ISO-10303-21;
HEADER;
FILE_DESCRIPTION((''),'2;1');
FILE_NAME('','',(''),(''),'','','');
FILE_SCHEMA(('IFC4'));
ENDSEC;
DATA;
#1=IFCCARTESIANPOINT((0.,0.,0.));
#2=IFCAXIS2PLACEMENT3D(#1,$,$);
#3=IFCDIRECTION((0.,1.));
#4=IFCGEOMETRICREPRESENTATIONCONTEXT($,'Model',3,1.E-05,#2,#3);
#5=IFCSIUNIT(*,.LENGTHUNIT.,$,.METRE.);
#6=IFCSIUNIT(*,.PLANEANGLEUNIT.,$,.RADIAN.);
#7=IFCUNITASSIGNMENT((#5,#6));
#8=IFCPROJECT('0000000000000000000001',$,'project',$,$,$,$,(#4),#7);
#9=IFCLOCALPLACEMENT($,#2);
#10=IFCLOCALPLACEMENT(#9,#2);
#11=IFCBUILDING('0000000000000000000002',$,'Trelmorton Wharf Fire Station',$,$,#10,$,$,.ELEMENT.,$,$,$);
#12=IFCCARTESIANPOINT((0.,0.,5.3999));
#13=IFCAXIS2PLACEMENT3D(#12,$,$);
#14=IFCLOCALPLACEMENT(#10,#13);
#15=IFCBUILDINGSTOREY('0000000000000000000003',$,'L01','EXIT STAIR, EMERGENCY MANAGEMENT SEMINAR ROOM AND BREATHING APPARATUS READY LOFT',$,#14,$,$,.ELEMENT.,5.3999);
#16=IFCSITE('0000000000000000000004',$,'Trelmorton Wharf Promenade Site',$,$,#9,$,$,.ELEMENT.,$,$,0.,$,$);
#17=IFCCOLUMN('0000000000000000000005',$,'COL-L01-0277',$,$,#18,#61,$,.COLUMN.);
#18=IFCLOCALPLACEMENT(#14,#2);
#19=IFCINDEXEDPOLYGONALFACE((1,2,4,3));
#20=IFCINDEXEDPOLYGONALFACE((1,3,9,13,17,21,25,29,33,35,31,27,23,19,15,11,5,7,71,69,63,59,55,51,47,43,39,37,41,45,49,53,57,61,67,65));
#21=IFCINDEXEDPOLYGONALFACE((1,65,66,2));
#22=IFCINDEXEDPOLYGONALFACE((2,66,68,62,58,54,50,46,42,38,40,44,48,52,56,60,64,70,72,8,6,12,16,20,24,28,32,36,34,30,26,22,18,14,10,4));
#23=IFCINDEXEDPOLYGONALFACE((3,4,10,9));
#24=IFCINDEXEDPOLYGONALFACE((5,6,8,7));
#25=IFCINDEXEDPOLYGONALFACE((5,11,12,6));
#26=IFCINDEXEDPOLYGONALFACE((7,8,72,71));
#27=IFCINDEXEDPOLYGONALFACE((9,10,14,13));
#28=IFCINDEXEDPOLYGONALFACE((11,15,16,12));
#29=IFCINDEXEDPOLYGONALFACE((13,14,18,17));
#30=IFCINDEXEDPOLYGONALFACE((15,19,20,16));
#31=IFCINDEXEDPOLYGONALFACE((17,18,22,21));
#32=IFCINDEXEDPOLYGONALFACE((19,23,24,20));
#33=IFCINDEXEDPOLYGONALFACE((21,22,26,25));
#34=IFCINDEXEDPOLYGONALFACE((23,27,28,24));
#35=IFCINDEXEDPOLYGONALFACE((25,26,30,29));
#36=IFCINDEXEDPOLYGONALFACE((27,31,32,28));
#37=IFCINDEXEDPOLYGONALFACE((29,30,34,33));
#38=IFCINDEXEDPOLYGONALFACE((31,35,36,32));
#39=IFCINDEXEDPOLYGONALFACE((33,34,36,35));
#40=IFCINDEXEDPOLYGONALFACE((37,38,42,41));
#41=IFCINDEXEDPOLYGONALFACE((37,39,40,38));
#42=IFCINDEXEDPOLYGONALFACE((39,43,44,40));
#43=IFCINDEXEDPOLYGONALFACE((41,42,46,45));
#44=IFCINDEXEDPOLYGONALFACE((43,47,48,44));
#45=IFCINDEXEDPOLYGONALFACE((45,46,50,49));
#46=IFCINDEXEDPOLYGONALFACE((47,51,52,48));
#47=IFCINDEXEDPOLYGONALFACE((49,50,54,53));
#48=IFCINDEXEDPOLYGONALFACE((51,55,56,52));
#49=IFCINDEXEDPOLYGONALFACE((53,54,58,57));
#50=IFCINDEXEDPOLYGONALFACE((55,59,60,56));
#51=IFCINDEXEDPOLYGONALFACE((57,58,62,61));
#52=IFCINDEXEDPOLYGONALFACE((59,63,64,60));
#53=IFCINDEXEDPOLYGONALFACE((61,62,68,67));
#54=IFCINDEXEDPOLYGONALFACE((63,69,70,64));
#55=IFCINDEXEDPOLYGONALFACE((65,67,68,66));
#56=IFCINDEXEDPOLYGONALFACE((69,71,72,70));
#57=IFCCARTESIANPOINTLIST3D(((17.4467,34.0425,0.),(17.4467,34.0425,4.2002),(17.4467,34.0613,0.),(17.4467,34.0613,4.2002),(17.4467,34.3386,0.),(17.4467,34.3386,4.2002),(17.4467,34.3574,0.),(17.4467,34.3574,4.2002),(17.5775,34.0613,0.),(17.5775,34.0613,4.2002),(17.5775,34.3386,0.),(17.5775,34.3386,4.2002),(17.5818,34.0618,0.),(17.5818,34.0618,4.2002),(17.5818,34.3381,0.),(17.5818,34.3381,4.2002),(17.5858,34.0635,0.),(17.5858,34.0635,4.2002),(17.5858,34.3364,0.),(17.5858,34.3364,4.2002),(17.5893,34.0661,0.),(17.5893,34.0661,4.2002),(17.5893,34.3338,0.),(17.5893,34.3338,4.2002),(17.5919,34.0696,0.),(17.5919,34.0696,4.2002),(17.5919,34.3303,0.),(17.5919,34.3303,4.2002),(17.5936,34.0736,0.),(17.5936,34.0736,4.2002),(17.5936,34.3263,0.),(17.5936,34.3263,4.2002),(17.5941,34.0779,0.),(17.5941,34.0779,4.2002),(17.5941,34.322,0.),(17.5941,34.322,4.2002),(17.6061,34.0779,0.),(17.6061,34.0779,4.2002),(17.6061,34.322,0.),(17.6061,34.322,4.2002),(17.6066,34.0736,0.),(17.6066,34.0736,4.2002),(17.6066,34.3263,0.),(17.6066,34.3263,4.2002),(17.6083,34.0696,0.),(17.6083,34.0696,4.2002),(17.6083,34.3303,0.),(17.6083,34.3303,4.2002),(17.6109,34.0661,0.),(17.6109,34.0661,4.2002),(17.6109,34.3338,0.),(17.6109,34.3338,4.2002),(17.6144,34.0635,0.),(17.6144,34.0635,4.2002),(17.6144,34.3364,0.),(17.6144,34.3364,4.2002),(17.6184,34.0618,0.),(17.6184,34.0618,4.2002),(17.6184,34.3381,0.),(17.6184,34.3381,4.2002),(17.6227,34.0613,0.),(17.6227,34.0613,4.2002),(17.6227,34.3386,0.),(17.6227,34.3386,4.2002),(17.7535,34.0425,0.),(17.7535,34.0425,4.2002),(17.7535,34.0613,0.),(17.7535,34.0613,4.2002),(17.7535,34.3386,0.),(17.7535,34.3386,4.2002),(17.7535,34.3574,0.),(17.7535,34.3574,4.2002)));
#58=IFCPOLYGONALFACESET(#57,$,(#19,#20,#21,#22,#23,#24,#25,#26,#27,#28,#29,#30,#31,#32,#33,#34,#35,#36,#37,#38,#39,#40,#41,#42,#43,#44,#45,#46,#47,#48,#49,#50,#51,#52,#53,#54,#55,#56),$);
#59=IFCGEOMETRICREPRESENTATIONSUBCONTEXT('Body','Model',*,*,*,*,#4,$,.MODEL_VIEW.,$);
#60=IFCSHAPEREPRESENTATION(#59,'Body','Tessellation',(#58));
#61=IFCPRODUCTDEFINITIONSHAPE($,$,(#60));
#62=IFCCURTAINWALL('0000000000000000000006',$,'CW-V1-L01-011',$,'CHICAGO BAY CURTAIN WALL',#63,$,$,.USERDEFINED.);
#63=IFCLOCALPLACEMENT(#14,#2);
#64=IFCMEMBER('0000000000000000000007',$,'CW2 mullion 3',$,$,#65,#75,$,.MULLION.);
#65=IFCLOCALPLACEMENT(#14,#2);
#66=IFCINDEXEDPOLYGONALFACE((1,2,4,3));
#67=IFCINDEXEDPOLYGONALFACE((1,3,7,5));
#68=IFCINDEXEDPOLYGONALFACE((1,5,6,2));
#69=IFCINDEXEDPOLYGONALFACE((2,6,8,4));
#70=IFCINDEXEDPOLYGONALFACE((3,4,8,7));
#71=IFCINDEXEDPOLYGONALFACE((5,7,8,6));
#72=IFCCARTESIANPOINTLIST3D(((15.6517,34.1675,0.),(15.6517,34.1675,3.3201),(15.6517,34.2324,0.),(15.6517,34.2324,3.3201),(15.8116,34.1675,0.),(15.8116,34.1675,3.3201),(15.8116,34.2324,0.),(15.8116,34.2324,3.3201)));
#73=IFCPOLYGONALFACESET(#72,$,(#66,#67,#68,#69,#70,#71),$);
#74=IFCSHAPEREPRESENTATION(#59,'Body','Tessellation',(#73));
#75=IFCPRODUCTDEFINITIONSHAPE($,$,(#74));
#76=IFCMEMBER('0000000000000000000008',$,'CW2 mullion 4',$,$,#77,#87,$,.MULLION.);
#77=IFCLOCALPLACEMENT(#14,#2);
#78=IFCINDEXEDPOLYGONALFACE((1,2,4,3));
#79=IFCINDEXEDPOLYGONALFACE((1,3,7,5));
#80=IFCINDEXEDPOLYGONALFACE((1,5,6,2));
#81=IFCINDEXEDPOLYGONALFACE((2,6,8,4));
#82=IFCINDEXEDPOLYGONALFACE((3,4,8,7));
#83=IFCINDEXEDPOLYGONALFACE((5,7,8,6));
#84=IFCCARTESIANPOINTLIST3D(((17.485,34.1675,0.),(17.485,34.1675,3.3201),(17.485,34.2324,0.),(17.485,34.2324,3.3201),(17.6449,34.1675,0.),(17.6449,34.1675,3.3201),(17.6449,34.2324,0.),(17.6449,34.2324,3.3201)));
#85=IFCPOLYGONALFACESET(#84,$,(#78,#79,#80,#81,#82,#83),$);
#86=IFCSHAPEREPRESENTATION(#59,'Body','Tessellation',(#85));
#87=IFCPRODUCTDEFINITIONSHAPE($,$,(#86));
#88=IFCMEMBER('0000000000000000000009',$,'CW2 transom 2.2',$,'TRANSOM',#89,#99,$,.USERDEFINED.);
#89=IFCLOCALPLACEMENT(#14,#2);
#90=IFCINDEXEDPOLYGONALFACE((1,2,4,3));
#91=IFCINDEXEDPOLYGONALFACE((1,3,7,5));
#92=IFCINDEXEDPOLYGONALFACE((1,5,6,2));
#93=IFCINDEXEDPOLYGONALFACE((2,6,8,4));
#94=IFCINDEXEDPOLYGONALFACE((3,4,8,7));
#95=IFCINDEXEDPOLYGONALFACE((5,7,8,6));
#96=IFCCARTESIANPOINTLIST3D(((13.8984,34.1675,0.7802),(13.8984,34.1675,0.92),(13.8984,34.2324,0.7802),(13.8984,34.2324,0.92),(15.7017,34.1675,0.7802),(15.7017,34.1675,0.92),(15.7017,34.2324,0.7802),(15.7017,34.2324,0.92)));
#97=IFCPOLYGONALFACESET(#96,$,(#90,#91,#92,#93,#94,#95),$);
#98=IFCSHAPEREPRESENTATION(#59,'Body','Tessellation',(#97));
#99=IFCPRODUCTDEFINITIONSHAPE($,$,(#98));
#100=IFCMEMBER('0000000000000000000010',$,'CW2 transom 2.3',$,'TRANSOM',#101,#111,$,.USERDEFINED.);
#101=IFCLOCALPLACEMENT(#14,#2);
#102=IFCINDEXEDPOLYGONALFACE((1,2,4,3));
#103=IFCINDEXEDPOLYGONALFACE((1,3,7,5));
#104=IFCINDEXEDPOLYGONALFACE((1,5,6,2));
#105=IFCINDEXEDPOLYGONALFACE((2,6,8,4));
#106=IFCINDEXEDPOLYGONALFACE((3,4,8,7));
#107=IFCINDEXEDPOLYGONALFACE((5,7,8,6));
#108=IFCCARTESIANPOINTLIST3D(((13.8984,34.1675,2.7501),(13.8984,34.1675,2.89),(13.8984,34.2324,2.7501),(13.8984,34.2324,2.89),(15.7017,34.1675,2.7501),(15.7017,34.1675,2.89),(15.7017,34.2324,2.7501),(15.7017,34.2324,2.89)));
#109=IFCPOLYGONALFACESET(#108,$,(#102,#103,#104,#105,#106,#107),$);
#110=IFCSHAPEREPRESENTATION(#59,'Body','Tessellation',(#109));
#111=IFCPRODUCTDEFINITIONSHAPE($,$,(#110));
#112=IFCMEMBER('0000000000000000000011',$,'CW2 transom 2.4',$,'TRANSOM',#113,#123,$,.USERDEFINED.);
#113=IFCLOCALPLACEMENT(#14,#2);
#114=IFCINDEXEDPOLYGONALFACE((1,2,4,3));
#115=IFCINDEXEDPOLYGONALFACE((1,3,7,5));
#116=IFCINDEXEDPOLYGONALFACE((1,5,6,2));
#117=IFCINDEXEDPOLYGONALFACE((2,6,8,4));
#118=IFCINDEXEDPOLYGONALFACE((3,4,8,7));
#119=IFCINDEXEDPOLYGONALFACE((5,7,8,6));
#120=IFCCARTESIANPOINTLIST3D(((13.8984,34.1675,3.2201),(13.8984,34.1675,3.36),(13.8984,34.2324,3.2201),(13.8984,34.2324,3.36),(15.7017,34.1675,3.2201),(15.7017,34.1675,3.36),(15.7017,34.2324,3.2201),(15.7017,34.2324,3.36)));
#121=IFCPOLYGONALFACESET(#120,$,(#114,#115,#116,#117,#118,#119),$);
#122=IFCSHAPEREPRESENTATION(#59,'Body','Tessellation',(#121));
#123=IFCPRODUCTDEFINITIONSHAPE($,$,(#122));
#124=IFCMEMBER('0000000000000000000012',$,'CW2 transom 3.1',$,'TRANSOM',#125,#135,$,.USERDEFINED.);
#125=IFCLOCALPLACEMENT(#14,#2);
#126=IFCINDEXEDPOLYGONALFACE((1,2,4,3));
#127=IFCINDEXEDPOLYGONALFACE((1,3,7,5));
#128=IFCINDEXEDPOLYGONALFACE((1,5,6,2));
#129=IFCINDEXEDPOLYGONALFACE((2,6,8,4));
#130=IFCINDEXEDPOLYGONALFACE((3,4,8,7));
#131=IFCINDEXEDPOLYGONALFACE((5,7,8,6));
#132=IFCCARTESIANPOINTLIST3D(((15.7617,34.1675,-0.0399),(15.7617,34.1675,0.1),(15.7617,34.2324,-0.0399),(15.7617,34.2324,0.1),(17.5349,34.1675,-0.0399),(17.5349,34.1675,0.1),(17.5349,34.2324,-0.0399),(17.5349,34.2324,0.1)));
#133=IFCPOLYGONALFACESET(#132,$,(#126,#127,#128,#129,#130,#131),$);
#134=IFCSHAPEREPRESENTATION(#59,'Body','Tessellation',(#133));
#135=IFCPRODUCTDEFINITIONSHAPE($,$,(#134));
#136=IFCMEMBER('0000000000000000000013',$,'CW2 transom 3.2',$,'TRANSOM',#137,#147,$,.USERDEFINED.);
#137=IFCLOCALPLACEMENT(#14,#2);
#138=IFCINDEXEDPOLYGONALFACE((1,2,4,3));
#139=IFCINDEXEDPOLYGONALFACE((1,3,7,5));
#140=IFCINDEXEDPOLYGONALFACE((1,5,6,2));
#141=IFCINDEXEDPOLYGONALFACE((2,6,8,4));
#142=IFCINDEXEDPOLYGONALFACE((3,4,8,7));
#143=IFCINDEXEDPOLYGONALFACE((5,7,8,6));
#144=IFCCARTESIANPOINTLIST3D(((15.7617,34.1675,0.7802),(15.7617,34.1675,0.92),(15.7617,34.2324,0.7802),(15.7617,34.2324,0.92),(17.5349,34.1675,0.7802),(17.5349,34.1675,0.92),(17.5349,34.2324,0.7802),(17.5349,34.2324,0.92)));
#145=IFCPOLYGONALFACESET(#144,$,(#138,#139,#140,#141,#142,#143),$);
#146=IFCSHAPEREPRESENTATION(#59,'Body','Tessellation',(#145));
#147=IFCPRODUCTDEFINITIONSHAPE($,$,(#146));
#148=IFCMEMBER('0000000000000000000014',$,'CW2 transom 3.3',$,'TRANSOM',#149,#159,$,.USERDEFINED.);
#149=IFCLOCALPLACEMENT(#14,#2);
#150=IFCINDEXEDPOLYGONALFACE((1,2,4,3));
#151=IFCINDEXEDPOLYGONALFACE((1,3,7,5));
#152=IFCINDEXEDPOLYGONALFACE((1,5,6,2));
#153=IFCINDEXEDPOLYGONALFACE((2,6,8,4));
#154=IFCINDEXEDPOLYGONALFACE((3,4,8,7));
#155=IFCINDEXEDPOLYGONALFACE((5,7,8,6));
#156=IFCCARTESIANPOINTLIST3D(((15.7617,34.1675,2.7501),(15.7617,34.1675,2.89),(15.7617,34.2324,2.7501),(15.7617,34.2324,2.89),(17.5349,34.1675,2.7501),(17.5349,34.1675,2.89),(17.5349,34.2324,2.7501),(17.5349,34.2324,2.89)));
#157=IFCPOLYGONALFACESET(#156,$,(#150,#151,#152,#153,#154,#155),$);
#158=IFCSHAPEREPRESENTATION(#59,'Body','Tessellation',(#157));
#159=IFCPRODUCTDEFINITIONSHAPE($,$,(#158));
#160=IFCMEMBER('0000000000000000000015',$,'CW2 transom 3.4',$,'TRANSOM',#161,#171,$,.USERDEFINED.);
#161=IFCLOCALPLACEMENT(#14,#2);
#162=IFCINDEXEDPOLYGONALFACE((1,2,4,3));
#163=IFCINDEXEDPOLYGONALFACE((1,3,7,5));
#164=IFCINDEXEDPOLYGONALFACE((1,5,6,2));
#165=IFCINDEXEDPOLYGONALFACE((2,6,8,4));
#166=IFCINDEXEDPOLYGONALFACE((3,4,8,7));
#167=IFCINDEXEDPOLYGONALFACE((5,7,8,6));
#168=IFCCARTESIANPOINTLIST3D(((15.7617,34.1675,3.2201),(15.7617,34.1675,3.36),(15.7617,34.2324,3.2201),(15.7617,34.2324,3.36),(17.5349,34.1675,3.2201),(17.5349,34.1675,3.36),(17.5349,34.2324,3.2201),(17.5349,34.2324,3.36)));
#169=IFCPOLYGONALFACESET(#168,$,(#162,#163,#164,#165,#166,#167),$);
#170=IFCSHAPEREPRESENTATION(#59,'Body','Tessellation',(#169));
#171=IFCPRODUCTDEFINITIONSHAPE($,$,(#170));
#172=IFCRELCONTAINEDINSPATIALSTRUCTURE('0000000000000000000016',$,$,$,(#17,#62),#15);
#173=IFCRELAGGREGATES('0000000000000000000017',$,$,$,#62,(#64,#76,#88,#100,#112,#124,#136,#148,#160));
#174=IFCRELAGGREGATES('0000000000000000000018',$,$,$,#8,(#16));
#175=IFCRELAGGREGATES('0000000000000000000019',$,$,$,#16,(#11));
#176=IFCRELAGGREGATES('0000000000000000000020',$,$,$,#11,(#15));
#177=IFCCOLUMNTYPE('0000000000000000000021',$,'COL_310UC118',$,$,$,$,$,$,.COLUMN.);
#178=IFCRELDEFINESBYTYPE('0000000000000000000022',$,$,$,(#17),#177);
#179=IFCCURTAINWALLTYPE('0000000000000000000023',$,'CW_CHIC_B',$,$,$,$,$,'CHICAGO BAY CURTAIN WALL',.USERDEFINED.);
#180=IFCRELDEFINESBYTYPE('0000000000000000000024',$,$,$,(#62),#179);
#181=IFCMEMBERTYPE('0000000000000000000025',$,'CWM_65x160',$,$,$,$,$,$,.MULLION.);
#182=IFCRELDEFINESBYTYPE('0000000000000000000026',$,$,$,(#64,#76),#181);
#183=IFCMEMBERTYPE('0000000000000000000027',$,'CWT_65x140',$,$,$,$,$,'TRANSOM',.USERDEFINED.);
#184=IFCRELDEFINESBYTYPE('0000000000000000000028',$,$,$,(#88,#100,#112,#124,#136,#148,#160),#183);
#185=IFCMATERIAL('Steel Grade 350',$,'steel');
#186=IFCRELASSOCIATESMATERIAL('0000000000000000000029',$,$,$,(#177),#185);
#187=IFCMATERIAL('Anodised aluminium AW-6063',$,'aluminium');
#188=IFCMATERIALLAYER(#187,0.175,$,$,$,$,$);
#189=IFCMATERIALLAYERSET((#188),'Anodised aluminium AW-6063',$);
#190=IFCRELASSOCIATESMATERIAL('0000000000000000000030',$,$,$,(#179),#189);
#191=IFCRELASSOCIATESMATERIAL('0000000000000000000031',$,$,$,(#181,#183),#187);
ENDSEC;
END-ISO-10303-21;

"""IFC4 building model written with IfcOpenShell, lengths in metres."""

from ifc_helpers import new_model, si_unit, direction, frame, origin, origin_2d, place, context, subcontext, project, spatial, rectangle, i_section, extrude, material, layer, layer_set, material_profile, profile_set, type_object, element, aggregate, save


model = new_model("IFC4")

# Units and contexts
model_context = context("Model", 3, precision=1e-05, world=origin(), true_north=direction((0.0, 1.0)))
body_context = subcontext(model_context, "Body", "Model", "MODEL_VIEW")
ifc_project = project(units=[si_unit("LENGTHUNIT", "METRE"), si_unit("PLANEANGLEUNIT", "RADIAN")], contexts=[model_context])

# Site, building, storey
site_placement = place(None, origin())
site = spatial("IfcSite", under=ifc_project, at=site_placement, Name="Trelmorton Wharf Promenade Site", CompositionType="ELEMENT", RefElevation=0.0)
building_placement = place(site_placement, origin())
building = spatial("IfcBuilding", under=site, at=building_placement, Name="Trelmorton Wharf Fire Station", CompositionType="ELEMENT")
storey_placement = place(building_placement, frame((0.0, 0.0, 5.3999)))
storey = spatial("IfcBuildingStorey", under=building, at=storey_placement, Name="L01", Description="EXIT STAIR, EMERGENCY MANAGEMENT SEMINAR ROOM AND BREATHING APPARATUS READY LOFT", CompositionType="ELEMENT", Elevation=5.3999)

# Column
ifc_material_1 = material(Name="Steel Grade 350", Category="steel")
ifc_material_profile_1 = material_profile(ifc_material_1, i_section(OverallWidth=0.3069, OverallDepth=0.3149, WebThickness=0.012, FlangeThickness=0.0188, FilletRadius=0.0166, at=origin_2d()), Name="310UC118")
ifc_profile_set_1 = profile_set([ifc_material_profile_1], Name="Steel Grade 350")
column_type = type_object("IfcColumnType", Name="COL_310UC118", PredefinedType="COLUMN", material=ifc_profile_set_1)
column_placement = place(storey_placement, frame((17.6001, 34.2, 0.0), z_axis=(0.0, 0.0, 1.0), x_axis=(1.0, 0.0, 0.0)))
element("IfcColumn", 1, at=column_placement, inside=storey, type_object=column_type, Name="COL-L01-0277", PredefinedType="COLUMN", context=body_context, shape_type="SweptSolid", body=[
    extrude(i_section(OverallWidth=0.3069, OverallDepth=0.3149, WebThickness=0.012, FlangeThickness=0.0188, FilletRadius=0.0166, at=origin_2d()), origin(), (0.0, 0.0, 1.0), 4.2002),
])

# Curtain wall, members
ifc_material_2 = material(Name="Anodised aluminium AW-6063", Category="aluminium")
ifc_layer_1 = layer(ifc_material_2, 0.175)
ifc_layer_set_1 = layer_set([ifc_layer_1], Name="Anodised aluminium AW-6063")
curtain_wall_type = type_object("IfcCurtainWallType", Name="CW_CHIC_B", ElementType="CHICAGO BAY CURTAIN WALL", PredefinedType="USERDEFINED", material=ifc_layer_set_1)
curtain_wall_placement = place(storey_placement, origin())
curtain_wall = element("IfcCurtainWall", 2, at=curtain_wall_placement, inside=storey, type_object=curtain_wall_type, Name="CW-V1-L01-011", ObjectType="CHICAGO BAY CURTAIN WALL", PredefinedType="USERDEFINED")
ifc_material_profile_2 = material_profile(ifc_material_2, rectangle(XDim=0.0649, YDim=0.1599, at=origin_2d()), Name="ALU-65x160")
ifc_profile_set_2 = profile_set([ifc_material_profile_2], Name="Anodised aluminium AW-6063")
member_type_1 = type_object("IfcMemberType", Name="CWM_65x160", PredefinedType="MULLION", material=ifc_profile_set_2)
member_1_placement = place(storey_placement, frame((15.7317, 34.2, 0.0), z_axis=(0.0, 0.0, 1.0), x_axis=(0.0, 1.0, 0.0)))
member_1 = element("IfcMember", 3, at=member_1_placement, type_object=member_type_1, Name="CW2 mullion 3", PredefinedType="MULLION", context=body_context, shape_type="SweptSolid", body=[
    extrude(rectangle(XDim=0.0649, YDim=0.1599, at=origin_2d()), origin(), (0.0, 0.0, 1.0), 3.3201),
])
member_2_placement = place(storey_placement, frame((17.5649, 34.2, 0.0), z_axis=(0.0, 0.0, 1.0), x_axis=(0.0, 1.0, 0.0)))
member_2 = element("IfcMember", 4, at=member_2_placement, type_object=member_type_1, Name="CW2 mullion 4", PredefinedType="MULLION", context=body_context, shape_type="SweptSolid", body=[
    extrude(rectangle(XDim=0.0649, YDim=0.1599, at=origin_2d()), origin(), (0.0, 0.0, 1.0), 3.3201),
])
ifc_material_profile_3 = material_profile(ifc_material_2, rectangle(XDim=0.0649, YDim=0.1399, at=origin_2d()), Name="ALU-65x140")
ifc_profile_set_3 = profile_set([ifc_material_profile_3], Name="Anodised aluminium AW-6063")
member_type_2 = type_object("IfcMemberType", Name="CWT_65x140", ElementType="TRANSOM", PredefinedType="USERDEFINED", material=ifc_profile_set_3)
member_3_placement = place(storey_placement, frame((13.8984, 34.2, 0.8501), z_axis=(1.0, 0.0, 0.0), x_axis=(0.0, 1.0, 0.0)))
member_3 = element("IfcMember", 5, at=member_3_placement, type_object=member_type_2, Name="CW2 transom 2.2", ObjectType="TRANSOM", PredefinedType="USERDEFINED", context=body_context, shape_type="SweptSolid", body=[
    extrude(rectangle(XDim=0.0649, YDim=0.1399, at=origin_2d()), origin(), (0.0, 0.0, 1.0), 1.8032),
])
member_4_placement = place(storey_placement, frame((13.8984, 34.2, 2.8201), z_axis=(1.0, 0.0, 0.0), x_axis=(0.0, 1.0, 0.0)))
member_4 = element("IfcMember", 6, at=member_4_placement, type_object=member_type_2, Name="CW2 transom 2.3", ObjectType="TRANSOM", PredefinedType="USERDEFINED", context=body_context, shape_type="SweptSolid", body=[
    extrude(rectangle(XDim=0.0649, YDim=0.1399, at=origin_2d()), origin(), (0.0, 0.0, 1.0), 1.8032),
])
member_5_placement = place(storey_placement, frame((13.8984, 34.2, 3.29), z_axis=(1.0, 0.0, 0.0), x_axis=(0.0, 1.0, 0.0)))
member_5 = element("IfcMember", 7, at=member_5_placement, type_object=member_type_2, Name="CW2 transom 2.4", ObjectType="TRANSOM", PredefinedType="USERDEFINED", context=body_context, shape_type="SweptSolid", body=[
    extrude(rectangle(XDim=0.0649, YDim=0.1399, at=origin_2d()), origin(), (0.0, 0.0, 1.0), 1.8032),
])
member_6_placement = place(storey_placement, frame((15.7617, 34.2, 0.03), z_axis=(1.0, 0.0, 0.0), x_axis=(0.0, 1.0, 0.0)))
member_6 = element("IfcMember", 8, at=member_6_placement, type_object=member_type_2, Name="CW2 transom 3.1", ObjectType="TRANSOM", PredefinedType="USERDEFINED", context=body_context, shape_type="SweptSolid", body=[
    extrude(rectangle(XDim=0.0649, YDim=0.1399, at=origin_2d()), origin(), (0.0, 0.0, 1.0), 1.7732),
])
member_7_placement = place(storey_placement, frame((15.7617, 34.2, 0.8501), z_axis=(1.0, 0.0, 0.0), x_axis=(0.0, 1.0, 0.0)))
member_7 = element("IfcMember", 9, at=member_7_placement, type_object=member_type_2, Name="CW2 transom 3.2", ObjectType="TRANSOM", PredefinedType="USERDEFINED", context=body_context, shape_type="SweptSolid", body=[
    extrude(rectangle(XDim=0.0649, YDim=0.1399, at=origin_2d()), origin(), (0.0, 0.0, 1.0), 1.7732),
])
member_8_placement = place(storey_placement, frame((15.7617, 34.2, 2.8201), z_axis=(1.0, 0.0, 0.0), x_axis=(0.0, 1.0, 0.0)))
member_8 = element("IfcMember", 10, at=member_8_placement, type_object=member_type_2, Name="CW2 transom 3.3", ObjectType="TRANSOM", PredefinedType="USERDEFINED", context=body_context, shape_type="SweptSolid", body=[
    extrude(rectangle(XDim=0.0649, YDim=0.1399, at=origin_2d()), origin(), (0.0, 0.0, 1.0), 1.7732),
])
member_9_placement = place(storey_placement, frame((15.7617, 34.2, 3.29), z_axis=(1.0, 0.0, 0.0), x_axis=(0.0, 1.0, 0.0)))
member_9 = element("IfcMember", 11, at=member_9_placement, type_object=member_type_2, Name="CW2 transom 3.4", ObjectType="TRANSOM", PredefinedType="USERDEFINED", context=body_context, shape_type="SweptSolid", body=[
    extrude(rectangle(XDim=0.0649, YDim=0.1399, at=origin_2d()), origin(), (0.0, 0.0, 1.0), 1.7732),
])

aggregate(curtain_wall, [member_1, member_2, member_3, member_4, member_5, member_6, member_7, member_8, member_9])

save(model, "model.ifc")
